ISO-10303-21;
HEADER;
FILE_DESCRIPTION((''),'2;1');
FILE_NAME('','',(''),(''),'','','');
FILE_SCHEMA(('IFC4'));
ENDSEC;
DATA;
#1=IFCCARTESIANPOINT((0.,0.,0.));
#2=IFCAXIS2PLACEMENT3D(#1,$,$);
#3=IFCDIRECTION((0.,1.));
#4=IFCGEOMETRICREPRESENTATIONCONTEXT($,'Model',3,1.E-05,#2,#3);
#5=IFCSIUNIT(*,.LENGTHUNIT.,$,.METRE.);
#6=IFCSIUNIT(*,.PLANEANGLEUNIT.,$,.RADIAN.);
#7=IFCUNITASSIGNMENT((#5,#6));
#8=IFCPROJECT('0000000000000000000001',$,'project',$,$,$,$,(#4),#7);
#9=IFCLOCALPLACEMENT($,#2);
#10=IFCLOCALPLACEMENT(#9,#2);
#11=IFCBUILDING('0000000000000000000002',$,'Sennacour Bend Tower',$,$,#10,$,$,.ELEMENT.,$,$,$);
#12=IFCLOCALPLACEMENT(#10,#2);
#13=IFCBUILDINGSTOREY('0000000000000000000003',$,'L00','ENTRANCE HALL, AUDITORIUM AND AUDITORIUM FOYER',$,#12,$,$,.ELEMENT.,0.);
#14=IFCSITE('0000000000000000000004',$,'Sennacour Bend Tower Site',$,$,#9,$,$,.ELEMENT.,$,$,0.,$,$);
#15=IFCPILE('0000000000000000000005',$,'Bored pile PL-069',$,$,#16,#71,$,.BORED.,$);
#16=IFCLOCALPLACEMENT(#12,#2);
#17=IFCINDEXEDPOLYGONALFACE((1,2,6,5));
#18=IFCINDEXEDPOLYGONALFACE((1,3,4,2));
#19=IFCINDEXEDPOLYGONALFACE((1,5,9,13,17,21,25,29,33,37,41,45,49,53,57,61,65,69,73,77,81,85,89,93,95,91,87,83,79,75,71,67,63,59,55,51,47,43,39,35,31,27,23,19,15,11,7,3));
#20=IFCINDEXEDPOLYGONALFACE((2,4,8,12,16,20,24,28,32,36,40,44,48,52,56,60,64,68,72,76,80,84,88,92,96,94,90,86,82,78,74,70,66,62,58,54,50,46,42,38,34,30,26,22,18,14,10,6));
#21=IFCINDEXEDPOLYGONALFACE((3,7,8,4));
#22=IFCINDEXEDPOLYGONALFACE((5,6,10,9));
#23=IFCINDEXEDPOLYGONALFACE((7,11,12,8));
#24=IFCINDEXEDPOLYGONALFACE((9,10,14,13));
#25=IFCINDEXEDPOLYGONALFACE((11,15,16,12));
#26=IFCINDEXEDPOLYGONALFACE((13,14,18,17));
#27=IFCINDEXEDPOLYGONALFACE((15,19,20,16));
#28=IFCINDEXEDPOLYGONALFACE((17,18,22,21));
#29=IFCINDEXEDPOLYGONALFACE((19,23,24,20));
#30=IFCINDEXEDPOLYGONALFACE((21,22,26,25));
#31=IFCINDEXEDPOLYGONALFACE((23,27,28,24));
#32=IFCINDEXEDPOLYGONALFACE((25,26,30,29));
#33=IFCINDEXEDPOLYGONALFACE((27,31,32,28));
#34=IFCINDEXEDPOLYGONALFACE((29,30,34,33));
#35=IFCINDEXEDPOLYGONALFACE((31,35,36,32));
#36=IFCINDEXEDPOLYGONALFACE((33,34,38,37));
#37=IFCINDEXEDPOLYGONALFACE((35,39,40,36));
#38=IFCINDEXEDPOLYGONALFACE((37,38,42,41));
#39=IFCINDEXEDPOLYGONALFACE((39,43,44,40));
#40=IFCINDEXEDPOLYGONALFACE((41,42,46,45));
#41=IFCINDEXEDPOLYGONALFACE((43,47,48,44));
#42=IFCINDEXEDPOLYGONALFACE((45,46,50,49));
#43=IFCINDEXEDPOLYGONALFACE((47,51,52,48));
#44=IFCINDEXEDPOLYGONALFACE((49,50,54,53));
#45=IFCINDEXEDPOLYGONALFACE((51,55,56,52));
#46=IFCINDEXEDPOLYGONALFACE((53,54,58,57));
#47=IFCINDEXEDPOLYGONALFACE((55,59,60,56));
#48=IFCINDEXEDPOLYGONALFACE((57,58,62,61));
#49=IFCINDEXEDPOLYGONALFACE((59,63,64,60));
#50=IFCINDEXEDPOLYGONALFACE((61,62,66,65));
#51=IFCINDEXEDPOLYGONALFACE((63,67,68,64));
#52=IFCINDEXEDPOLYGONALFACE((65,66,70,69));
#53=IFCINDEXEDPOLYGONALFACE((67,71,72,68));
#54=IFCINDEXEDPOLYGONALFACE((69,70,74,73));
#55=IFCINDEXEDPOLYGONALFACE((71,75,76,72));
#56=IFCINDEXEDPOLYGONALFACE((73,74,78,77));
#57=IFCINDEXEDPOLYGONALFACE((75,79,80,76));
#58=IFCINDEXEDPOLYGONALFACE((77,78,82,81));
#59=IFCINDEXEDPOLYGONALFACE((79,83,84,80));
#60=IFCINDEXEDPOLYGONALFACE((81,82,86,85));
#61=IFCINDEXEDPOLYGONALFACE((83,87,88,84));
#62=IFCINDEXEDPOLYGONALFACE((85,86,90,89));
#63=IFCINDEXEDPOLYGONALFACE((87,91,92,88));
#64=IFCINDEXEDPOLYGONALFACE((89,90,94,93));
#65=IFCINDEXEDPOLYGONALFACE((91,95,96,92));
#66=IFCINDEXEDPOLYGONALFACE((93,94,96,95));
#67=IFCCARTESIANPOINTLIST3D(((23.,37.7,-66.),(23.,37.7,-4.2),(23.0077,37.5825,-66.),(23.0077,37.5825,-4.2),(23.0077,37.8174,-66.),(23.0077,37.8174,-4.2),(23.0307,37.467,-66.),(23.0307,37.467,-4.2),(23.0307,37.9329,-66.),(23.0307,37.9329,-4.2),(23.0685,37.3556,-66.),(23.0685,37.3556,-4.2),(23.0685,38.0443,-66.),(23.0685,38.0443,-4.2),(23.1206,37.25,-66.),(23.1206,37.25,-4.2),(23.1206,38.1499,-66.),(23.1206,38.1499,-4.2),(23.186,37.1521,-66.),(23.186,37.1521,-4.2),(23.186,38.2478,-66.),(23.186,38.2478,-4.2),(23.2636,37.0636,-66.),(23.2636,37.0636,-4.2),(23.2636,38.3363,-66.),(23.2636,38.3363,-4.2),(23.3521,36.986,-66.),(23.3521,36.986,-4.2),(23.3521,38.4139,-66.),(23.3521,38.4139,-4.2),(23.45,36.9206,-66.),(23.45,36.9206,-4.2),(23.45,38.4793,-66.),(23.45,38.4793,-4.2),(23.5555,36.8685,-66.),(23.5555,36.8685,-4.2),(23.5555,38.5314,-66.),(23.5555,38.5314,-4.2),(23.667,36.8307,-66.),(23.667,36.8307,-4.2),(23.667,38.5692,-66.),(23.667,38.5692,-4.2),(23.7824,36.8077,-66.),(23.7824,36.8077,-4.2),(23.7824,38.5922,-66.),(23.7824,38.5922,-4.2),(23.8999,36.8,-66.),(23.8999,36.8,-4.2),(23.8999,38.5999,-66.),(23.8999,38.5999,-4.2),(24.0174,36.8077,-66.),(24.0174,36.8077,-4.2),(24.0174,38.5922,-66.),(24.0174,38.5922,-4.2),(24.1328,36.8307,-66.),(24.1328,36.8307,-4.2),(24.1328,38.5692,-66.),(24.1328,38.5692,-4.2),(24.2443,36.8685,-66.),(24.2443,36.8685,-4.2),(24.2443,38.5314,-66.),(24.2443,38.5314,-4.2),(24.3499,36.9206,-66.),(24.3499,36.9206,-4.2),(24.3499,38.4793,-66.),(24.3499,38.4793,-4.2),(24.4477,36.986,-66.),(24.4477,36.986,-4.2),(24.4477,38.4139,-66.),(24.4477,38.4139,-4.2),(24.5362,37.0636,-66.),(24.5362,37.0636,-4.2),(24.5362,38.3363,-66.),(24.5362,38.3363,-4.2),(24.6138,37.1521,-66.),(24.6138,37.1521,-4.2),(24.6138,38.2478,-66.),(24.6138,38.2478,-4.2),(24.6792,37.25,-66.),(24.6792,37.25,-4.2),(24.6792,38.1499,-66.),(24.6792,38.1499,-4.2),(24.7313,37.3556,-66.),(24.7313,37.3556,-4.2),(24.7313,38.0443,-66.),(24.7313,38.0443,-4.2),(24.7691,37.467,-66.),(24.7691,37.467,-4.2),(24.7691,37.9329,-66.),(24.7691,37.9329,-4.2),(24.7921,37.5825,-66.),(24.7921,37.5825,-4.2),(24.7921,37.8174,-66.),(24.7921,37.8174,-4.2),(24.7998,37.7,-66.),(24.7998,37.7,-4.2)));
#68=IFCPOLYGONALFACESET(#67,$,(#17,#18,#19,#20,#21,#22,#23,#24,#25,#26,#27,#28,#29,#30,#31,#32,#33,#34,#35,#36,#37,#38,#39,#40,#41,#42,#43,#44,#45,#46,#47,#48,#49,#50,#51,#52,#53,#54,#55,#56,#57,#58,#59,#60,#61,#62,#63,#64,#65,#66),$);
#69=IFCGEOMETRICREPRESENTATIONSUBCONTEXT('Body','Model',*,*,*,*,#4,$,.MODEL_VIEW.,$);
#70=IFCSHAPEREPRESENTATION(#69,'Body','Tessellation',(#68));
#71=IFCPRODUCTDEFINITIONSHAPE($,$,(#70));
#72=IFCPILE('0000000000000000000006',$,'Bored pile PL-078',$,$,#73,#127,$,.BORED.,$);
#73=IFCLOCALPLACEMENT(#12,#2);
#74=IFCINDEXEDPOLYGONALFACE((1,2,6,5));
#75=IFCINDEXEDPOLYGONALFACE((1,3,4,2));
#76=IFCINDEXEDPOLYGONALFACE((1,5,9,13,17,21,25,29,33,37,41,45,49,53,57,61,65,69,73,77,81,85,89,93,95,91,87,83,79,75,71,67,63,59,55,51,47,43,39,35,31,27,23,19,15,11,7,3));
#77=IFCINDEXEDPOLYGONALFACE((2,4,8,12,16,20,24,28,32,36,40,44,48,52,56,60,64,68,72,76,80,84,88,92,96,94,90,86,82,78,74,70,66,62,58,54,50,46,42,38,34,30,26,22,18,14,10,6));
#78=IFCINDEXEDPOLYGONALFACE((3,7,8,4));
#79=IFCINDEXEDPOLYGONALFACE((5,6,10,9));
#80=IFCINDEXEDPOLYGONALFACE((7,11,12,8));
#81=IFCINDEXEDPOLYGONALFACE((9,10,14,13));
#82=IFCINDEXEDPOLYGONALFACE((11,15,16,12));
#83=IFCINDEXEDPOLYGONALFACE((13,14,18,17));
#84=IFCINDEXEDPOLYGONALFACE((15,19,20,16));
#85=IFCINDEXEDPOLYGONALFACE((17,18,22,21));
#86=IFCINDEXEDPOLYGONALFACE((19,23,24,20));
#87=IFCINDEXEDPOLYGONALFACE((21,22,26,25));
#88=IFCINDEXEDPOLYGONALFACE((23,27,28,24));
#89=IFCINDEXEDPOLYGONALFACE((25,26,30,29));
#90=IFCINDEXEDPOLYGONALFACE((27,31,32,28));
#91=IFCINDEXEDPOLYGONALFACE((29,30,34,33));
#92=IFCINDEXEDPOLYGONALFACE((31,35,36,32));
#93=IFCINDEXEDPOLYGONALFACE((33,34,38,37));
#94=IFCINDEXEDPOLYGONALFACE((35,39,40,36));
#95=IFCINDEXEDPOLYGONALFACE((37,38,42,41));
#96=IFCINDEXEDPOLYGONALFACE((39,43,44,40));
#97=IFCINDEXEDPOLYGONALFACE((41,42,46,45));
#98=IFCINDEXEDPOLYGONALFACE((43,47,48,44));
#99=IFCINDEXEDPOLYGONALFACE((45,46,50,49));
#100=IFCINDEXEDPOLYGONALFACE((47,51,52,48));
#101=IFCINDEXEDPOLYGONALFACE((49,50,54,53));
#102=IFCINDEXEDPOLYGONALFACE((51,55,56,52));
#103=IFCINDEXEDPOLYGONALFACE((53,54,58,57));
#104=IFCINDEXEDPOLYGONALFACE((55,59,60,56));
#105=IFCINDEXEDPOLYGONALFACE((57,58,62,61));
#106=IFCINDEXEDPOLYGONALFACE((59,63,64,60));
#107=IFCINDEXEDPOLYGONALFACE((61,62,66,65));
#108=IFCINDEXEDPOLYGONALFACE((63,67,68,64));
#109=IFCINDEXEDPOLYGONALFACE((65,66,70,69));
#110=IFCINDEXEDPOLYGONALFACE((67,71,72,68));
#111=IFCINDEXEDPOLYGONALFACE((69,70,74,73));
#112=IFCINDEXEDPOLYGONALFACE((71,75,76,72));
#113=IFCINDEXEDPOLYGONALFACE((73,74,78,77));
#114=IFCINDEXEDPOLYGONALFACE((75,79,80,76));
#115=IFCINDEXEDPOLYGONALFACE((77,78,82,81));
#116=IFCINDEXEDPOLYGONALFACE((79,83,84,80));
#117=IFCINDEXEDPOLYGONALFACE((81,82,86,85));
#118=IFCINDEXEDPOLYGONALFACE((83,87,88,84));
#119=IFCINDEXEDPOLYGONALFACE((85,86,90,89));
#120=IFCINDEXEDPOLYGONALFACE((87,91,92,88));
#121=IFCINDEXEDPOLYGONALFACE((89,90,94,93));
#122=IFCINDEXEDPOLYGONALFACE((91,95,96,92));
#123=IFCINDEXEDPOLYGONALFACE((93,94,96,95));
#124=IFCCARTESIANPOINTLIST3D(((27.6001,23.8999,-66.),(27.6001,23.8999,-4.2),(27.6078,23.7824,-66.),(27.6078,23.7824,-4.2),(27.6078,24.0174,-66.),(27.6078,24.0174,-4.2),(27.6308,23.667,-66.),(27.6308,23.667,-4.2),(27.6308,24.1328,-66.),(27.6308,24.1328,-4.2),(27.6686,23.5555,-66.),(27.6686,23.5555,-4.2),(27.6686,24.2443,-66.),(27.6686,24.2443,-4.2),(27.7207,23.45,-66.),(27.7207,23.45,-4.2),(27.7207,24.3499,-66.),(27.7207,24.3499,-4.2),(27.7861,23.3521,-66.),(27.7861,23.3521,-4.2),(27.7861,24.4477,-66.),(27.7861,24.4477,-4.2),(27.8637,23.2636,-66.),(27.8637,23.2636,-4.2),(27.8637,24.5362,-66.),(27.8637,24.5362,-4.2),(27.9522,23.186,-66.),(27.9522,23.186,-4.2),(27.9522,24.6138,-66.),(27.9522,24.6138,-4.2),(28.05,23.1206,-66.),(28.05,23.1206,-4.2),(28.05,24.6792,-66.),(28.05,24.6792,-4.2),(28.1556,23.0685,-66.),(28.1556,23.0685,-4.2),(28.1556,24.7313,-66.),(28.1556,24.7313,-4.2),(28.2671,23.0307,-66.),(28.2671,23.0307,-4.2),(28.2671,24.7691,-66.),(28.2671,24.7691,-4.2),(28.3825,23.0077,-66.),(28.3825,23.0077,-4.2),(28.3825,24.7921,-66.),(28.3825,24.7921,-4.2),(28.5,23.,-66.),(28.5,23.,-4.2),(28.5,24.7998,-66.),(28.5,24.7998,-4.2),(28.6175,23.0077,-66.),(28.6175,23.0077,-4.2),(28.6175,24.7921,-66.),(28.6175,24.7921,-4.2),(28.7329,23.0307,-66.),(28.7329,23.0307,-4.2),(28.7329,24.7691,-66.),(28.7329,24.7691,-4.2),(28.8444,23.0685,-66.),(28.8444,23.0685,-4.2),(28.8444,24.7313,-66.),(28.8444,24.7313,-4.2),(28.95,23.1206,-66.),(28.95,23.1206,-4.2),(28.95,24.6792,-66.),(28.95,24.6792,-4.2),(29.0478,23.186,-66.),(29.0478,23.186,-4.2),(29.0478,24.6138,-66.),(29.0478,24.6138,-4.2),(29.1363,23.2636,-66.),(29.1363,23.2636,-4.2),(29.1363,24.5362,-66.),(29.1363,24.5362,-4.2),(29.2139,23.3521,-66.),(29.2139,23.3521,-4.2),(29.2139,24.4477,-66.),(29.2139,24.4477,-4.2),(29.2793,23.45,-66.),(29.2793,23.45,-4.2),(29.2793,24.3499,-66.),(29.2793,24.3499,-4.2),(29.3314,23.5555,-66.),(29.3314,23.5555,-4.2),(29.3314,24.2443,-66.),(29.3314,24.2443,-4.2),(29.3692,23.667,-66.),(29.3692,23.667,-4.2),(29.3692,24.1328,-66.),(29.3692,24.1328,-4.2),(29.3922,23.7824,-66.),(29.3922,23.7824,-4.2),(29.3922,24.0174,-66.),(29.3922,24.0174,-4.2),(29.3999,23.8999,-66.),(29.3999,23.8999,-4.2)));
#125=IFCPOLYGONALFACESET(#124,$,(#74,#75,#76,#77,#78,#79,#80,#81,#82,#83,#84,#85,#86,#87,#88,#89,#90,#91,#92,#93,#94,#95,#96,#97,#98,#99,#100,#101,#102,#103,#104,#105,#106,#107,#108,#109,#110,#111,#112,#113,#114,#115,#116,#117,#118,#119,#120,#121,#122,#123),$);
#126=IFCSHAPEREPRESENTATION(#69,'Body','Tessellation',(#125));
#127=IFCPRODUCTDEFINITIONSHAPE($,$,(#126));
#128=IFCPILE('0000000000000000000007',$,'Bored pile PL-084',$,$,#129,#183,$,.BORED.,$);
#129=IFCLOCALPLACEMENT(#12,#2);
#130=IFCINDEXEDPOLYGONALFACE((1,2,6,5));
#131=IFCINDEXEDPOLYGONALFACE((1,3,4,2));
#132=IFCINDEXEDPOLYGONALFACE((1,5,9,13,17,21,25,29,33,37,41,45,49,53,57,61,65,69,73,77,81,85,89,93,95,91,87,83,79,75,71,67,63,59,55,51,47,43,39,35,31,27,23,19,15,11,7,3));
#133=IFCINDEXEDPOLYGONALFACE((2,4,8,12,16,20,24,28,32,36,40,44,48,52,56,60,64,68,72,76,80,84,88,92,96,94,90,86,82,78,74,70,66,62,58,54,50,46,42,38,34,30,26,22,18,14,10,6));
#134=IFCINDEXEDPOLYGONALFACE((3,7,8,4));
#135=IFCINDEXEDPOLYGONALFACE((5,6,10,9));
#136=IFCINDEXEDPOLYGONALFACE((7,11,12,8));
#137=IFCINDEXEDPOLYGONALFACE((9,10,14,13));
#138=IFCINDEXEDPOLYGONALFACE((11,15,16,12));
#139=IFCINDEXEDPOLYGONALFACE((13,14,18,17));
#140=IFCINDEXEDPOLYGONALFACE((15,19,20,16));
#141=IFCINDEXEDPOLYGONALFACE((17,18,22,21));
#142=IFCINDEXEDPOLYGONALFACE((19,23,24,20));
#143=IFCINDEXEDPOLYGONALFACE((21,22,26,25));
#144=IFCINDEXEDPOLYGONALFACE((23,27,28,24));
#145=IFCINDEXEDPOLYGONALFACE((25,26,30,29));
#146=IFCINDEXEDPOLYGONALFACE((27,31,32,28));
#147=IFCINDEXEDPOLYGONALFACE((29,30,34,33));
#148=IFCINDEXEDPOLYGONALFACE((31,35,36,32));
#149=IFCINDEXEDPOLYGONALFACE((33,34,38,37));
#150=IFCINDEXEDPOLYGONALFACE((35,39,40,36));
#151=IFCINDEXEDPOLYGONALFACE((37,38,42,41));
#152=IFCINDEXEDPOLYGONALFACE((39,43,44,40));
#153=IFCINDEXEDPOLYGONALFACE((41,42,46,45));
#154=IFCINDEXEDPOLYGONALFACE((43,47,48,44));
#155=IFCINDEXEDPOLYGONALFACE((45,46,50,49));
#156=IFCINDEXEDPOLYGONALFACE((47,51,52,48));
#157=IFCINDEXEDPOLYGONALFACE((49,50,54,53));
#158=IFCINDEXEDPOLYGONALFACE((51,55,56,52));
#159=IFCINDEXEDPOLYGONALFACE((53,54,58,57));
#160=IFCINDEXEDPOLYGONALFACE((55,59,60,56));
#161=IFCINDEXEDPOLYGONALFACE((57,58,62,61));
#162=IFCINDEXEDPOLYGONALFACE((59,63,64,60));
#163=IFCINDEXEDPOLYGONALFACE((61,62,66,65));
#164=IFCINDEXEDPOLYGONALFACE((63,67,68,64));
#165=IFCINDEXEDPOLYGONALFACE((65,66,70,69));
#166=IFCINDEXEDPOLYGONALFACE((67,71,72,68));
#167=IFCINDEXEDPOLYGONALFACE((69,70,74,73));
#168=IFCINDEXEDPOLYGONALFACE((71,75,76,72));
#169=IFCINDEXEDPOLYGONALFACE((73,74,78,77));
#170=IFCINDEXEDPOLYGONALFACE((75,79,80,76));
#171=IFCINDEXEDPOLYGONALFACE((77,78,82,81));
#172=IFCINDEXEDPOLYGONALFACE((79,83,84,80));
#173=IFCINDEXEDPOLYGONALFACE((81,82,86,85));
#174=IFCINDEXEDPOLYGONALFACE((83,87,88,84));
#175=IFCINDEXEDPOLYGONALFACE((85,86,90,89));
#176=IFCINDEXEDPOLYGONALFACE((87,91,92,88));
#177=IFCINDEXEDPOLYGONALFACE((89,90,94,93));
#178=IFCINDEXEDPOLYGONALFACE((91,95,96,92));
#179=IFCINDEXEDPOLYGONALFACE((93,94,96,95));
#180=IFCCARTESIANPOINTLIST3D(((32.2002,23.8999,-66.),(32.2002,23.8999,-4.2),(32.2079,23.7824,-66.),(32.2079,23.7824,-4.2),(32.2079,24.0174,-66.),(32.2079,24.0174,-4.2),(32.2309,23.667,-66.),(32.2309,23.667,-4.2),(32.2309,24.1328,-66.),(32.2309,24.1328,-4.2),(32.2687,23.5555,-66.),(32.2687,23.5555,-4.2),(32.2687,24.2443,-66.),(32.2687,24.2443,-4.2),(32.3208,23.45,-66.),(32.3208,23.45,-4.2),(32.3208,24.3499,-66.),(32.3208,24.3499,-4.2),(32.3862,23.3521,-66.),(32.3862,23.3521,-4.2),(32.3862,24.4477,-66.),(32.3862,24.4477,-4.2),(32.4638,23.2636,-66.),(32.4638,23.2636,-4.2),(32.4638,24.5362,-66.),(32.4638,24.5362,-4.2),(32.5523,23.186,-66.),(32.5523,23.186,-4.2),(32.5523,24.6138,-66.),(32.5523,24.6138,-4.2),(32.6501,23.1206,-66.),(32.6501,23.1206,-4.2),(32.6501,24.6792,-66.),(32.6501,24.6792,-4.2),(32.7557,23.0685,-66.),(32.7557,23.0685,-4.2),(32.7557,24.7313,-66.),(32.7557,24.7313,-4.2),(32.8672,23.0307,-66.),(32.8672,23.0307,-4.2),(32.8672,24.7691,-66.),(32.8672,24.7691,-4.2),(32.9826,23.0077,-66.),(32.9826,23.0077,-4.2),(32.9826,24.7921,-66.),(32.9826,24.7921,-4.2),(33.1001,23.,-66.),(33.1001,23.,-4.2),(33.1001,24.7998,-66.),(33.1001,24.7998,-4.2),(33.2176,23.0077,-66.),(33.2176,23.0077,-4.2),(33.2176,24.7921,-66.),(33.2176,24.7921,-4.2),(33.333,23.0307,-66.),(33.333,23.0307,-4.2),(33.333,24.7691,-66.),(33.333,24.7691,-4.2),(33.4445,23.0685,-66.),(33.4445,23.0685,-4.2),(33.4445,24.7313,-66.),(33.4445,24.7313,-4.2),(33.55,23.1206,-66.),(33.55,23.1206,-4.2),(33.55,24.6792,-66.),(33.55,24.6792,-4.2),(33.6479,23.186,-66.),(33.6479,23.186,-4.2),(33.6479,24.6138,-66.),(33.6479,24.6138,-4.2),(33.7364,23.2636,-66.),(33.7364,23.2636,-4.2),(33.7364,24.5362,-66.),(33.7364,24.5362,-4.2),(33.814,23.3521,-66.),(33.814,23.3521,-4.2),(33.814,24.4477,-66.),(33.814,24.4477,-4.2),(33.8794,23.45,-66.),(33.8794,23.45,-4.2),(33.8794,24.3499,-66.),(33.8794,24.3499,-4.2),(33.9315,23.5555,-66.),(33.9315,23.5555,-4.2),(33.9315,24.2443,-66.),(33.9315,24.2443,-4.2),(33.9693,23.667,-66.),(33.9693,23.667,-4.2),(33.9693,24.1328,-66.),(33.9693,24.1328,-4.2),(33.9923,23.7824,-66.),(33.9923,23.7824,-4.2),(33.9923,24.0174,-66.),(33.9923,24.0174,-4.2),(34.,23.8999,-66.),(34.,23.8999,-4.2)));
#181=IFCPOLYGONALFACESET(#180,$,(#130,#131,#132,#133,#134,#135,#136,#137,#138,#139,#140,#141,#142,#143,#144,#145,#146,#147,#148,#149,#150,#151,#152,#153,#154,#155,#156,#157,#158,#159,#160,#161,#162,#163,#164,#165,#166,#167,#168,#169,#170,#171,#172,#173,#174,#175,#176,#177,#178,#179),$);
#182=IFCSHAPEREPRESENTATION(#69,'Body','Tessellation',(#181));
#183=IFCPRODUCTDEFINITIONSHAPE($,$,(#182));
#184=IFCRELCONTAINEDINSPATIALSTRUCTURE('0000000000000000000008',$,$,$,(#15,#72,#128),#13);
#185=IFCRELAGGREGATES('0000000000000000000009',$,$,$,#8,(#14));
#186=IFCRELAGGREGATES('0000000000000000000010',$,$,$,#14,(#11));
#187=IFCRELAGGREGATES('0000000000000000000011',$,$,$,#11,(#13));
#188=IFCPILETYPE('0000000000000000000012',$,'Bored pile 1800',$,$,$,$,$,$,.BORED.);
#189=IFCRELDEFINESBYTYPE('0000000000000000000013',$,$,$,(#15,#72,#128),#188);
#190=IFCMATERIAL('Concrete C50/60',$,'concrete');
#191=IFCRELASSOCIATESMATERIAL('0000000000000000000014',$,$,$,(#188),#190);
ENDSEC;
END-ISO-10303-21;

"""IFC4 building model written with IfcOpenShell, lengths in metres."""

from ifc_helpers import new_model, si_unit, direction, frame, origin, origin_2d, place, context, subcontext, project, spatial, circle, extrude, material, material_profile, profile_set, type_object, element, save


model = new_model("IFC4")

# Units and contexts
model_context = context("Model", 3, precision=1e-05, world=origin(), true_north=direction((0.0, 1.0)))
body_context = subcontext(model_context, "Body", "Model", "MODEL_VIEW")
ifc_project = project(units=[si_unit("LENGTHUNIT", "METRE"), si_unit("PLANEANGLEUNIT", "RADIAN")], contexts=[model_context])

# Site, building, storey
site_placement = place(None, origin())
site = spatial("IfcSite", under=ifc_project, at=site_placement, Name="Sennacour Bend Tower Site", CompositionType="ELEMENT", RefElevation=0.0)
building_placement = place(site_placement, origin())
building = spatial("IfcBuilding", under=site, at=building_placement, Name="Sennacour Bend Tower", CompositionType="ELEMENT")
storey_placement = place(building_placement, origin())
storey = spatial("IfcBuildingStorey", under=building, at=storey_placement, Name="L00", Description="ENTRANCE HALL, AUDITORIUM AND AUDITORIUM FOYER", CompositionType="ELEMENT", Elevation=0.0)

# Piles
ifc_material_1 = material(Name="Concrete C50/60", Category="concrete")
ifc_material_profile_1 = material_profile(ifc_material_1, circle(Radius=0.8999, at=origin_2d()), Name="Concrete C50/60", Category="concrete")
ifc_profile_set_1 = profile_set([ifc_material_profile_1], Name="Concrete C50/60")
pile_type = type_object("IfcPileType", Name="Bored pile 1800", PredefinedType="BORED", material=ifc_profile_set_1)
for number, where, z_axis, x_axis, name in (
    (1, (23.8999, 37.7, -4.2), (0.0, 0.0, -1.0), (1.0, 0.0, 0.0), "Bored pile PL-069"),
    (2, (28.5, 23.8999, -4.2), (0.0, 0.0, -1.0), (1.0, 0.0, 0.0), "Bored pile PL-078"),
    (3, (33.1001, 23.8999, -4.2), (0.0, 0.0, -1.0), (1.0, 0.0, 0.0), "Bored pile PL-084"),
):
    element("IfcPile", number, at=place(storey_placement, frame(where, z_axis=z_axis, x_axis=x_axis)), inside=storey, type_object=pile_type, Name=name, PredefinedType="BORED", context=body_context, shape_type="SweptSolid", body=[
        extrude(circle(Radius=0.8999, at=origin_2d()), origin(), (0.0, 0.0, 1.0), 61.8),
    ])

save(model, "model.ifc")
